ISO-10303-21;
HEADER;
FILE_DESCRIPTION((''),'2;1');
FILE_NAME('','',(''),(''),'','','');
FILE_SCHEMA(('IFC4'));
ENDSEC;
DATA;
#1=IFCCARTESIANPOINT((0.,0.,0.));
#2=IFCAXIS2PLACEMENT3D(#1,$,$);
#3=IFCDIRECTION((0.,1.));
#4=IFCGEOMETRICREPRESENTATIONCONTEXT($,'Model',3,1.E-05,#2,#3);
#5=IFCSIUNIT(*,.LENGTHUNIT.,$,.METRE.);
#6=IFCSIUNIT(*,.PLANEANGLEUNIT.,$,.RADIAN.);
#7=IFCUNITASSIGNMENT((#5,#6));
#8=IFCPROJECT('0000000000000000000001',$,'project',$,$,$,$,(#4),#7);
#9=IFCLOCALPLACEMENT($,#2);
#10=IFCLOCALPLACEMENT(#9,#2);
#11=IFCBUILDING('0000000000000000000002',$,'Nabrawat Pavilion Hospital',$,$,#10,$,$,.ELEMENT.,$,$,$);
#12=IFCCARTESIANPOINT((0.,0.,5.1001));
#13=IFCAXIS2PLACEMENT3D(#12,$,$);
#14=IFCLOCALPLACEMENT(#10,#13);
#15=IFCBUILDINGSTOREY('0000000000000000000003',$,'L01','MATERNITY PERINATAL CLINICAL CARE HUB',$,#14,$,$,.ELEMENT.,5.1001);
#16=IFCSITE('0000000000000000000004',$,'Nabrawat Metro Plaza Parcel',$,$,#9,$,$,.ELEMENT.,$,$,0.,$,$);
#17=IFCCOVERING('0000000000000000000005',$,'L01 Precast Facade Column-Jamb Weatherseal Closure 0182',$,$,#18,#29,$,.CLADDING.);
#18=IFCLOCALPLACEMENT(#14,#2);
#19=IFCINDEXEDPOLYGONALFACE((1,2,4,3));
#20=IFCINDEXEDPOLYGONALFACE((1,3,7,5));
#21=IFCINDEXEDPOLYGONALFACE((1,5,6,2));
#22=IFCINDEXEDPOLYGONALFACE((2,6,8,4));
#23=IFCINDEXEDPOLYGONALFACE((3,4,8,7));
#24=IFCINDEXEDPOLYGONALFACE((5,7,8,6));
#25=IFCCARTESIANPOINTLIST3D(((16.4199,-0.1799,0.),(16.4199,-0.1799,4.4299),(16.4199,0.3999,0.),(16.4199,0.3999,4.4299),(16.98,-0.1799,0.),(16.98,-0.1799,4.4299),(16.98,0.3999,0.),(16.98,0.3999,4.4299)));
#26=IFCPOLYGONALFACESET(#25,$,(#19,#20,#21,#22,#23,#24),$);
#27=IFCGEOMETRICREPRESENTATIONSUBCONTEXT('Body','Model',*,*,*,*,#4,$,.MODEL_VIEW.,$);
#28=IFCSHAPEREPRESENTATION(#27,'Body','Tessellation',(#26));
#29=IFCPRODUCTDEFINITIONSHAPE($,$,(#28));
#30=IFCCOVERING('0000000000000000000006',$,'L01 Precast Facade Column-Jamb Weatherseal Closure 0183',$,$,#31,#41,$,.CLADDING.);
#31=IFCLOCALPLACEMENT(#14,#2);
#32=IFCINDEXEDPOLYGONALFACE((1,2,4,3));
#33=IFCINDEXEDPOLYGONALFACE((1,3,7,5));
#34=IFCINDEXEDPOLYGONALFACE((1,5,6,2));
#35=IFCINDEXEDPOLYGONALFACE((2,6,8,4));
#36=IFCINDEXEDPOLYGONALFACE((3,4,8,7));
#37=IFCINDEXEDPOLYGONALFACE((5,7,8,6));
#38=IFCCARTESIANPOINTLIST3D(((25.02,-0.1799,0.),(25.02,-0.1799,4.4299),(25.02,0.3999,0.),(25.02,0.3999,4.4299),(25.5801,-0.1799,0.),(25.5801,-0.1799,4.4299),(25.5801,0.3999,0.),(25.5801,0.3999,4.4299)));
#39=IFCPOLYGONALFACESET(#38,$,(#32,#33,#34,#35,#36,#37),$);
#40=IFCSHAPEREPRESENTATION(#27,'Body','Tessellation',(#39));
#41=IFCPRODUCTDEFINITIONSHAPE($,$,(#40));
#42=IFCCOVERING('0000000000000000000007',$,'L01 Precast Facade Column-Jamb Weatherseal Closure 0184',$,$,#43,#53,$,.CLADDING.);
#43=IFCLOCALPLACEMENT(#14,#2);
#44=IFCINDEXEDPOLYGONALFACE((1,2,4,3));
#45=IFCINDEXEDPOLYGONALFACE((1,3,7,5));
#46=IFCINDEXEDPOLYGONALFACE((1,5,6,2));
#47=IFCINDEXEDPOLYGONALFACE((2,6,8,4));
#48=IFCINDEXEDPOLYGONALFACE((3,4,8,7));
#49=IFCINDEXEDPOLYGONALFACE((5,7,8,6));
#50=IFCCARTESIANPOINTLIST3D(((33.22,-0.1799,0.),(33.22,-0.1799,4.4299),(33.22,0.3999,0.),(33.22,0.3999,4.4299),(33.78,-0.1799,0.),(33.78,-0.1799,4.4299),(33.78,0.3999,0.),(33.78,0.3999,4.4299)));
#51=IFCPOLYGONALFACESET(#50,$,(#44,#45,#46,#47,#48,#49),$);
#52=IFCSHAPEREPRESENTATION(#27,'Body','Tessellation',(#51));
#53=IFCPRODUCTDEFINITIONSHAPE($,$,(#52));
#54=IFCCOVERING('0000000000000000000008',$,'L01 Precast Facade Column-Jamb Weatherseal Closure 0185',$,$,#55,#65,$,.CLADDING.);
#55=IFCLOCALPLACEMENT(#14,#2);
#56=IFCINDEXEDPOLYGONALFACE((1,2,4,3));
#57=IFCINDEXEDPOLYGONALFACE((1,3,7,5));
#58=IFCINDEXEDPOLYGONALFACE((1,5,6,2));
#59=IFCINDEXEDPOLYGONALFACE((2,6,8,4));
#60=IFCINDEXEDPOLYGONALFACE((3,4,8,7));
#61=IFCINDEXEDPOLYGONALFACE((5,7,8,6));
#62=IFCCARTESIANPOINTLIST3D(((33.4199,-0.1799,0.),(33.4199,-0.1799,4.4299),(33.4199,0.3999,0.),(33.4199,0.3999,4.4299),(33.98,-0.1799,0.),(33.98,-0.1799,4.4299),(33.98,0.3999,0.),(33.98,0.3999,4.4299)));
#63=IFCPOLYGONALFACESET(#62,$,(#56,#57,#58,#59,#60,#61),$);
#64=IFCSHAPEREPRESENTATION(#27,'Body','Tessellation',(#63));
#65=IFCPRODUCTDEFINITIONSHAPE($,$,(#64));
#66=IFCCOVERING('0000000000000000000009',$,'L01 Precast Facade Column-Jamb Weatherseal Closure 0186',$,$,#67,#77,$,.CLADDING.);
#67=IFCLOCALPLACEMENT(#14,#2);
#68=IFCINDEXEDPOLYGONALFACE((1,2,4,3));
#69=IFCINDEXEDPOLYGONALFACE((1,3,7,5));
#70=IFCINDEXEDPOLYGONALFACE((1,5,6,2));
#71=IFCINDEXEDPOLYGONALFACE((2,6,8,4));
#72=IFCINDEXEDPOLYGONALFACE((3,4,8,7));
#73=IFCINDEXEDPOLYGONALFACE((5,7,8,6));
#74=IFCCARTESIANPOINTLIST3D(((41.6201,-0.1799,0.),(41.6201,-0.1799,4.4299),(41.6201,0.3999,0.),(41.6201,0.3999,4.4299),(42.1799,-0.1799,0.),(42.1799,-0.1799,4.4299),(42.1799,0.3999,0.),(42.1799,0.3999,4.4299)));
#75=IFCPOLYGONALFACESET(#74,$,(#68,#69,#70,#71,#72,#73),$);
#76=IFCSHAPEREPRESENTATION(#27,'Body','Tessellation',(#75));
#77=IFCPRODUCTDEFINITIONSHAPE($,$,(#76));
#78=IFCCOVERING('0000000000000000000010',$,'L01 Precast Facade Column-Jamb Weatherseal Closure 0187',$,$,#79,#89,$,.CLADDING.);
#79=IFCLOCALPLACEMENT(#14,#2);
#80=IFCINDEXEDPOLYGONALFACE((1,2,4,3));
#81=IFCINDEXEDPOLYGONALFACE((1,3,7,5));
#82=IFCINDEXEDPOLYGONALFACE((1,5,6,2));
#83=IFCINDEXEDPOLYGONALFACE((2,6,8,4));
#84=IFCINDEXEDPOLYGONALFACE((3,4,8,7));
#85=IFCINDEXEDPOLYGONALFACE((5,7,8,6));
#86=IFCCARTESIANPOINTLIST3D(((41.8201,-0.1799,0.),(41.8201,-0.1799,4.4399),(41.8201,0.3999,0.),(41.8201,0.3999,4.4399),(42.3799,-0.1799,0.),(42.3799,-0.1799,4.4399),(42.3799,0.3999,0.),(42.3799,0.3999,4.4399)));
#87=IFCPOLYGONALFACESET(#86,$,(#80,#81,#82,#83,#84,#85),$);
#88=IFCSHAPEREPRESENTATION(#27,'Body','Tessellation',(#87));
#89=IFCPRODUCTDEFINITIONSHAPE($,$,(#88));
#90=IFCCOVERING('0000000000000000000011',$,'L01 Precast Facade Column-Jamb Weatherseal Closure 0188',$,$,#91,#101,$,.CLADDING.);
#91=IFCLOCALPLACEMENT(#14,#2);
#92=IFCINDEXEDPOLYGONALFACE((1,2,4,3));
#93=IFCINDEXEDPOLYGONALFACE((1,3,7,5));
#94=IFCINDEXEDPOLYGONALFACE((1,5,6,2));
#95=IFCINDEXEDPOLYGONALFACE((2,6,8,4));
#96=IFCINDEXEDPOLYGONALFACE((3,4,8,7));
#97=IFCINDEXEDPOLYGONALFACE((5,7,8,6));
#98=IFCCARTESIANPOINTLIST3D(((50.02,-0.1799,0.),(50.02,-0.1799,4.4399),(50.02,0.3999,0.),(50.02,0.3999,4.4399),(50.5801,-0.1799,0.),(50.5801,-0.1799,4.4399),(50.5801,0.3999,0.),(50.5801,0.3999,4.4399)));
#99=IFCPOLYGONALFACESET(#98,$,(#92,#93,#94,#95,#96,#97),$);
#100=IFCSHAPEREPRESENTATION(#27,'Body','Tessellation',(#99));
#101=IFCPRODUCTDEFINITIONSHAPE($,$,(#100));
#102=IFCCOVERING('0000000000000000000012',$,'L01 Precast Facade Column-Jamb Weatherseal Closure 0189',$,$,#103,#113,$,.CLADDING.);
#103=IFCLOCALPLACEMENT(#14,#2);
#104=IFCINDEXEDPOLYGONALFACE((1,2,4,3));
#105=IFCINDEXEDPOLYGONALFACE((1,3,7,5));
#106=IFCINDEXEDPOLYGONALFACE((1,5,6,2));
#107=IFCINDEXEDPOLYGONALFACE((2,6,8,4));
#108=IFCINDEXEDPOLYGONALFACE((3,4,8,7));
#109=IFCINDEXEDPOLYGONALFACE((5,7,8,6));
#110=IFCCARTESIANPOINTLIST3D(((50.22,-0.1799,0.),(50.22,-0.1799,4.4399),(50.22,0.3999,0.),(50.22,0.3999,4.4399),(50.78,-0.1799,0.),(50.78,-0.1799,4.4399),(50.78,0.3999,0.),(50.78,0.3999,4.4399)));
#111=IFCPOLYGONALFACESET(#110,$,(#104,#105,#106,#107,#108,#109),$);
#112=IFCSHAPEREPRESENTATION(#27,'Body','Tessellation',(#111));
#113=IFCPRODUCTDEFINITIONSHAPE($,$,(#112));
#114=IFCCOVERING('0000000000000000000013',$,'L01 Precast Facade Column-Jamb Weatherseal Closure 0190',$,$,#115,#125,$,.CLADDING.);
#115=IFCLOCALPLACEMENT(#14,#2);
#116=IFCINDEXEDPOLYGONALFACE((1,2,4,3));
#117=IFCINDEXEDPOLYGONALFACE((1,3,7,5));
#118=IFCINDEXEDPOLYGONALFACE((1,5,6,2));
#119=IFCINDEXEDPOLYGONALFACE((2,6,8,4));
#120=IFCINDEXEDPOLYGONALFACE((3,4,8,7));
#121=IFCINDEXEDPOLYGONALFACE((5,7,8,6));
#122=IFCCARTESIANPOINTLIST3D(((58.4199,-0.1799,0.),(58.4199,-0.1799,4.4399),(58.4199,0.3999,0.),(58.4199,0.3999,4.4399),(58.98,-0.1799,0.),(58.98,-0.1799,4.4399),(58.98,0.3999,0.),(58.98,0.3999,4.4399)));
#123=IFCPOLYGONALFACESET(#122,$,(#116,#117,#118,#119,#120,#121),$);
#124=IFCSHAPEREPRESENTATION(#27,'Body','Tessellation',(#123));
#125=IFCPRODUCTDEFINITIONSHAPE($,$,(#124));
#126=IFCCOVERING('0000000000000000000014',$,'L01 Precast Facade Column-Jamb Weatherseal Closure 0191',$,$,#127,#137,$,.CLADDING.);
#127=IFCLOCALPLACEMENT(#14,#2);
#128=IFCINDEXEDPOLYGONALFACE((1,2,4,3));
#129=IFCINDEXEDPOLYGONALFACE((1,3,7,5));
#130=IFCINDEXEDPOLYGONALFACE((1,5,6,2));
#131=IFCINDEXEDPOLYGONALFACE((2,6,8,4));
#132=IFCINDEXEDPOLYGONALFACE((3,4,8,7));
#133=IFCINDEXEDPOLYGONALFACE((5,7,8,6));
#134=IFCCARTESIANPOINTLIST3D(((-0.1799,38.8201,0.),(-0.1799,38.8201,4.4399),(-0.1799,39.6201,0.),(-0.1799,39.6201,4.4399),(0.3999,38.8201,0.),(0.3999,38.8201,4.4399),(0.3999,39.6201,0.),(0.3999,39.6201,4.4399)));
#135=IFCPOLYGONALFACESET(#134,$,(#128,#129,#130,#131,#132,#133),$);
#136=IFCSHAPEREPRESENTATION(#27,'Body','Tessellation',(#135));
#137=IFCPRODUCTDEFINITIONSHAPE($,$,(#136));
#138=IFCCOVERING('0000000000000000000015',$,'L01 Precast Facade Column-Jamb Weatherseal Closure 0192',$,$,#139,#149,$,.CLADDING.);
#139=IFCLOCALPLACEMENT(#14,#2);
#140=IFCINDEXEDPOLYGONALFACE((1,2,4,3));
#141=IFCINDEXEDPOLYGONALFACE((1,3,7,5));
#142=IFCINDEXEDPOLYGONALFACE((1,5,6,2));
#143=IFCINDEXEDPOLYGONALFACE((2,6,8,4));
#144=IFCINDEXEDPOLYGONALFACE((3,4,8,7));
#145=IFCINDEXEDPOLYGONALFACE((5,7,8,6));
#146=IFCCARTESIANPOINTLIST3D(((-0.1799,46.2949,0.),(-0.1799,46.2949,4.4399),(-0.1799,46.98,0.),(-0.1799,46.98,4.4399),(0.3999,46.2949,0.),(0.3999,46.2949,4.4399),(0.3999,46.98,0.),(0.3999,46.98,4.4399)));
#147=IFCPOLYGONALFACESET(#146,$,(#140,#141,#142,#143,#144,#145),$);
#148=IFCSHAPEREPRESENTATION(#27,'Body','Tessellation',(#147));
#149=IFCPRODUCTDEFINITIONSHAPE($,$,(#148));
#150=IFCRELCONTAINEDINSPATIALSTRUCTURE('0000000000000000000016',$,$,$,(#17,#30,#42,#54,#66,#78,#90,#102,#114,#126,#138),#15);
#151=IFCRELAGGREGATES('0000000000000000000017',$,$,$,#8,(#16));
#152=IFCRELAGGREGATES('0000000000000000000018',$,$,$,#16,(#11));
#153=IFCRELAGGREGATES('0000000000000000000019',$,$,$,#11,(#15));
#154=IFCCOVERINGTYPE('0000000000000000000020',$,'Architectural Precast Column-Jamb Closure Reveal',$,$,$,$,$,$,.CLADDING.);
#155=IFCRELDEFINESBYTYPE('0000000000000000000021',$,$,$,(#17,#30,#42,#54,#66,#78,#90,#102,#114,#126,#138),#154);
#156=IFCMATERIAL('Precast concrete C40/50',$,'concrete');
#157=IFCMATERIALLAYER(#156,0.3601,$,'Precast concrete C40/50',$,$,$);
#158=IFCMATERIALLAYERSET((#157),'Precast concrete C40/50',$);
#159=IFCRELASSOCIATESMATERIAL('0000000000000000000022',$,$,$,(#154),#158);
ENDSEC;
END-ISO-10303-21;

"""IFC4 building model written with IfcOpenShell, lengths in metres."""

from ifc_helpers import new_model, si_unit, direction, frame, origin, place, context, subcontext, project, spatial, polyline, outline, extrude, material, layer, layer_set, type_object, element, save


model = new_model("IFC4")

# Units and contexts
model_context = context("Model", 3, precision=1e-05, world=origin(), true_north=direction((0.0, 1.0)))
body_context = subcontext(model_context, "Body", "Model", "MODEL_VIEW")
ifc_project = project(units=[si_unit("LENGTHUNIT", "METRE"), si_unit("PLANEANGLEUNIT", "RADIAN")], contexts=[model_context])

# Site, building, storey
site_placement = place(None, origin())
site = spatial("IfcSite", under=ifc_project, at=site_placement, Name="Nabrawat Metro Plaza Parcel", CompositionType="ELEMENT", RefElevation=0.0)
building_placement = place(site_placement, origin())
building = spatial("IfcBuilding", under=site, at=building_placement, Name="Nabrawat Pavilion Hospital", CompositionType="ELEMENT")
storey_placement = place(building_placement, frame((0.0, 0.0, 5.1001)))
storey = spatial("IfcBuildingStorey", under=building, at=storey_placement, Name="L01", Description="MATERNITY PERINATAL CLINICAL CARE HUB", CompositionType="ELEMENT", Elevation=5.1001)

# Shared definitions
ifc_material_1 = material(Name="Precast concrete C40/50", Category="concrete")

# Coverings
ifc_layer_1 = layer(ifc_material_1, 0.3601, Name="Precast concrete C40/50")
ifc_layer_set_1 = layer_set([ifc_layer_1], Name="Precast concrete C40/50")
covering_type = type_object("IfcCoveringType", Name="Architectural Precast Column-Jamb Closure Reveal", PredefinedType="CLADDING", material=ifc_layer_set_1)
covering_1_placement = place(storey_placement, origin())
element("IfcCovering", 1, at=covering_1_placement, inside=storey, type_object=covering_type, Name="L01 Precast Facade Column-Jamb Weatherseal Closure 0182", PredefinedType="CLADDING", context=body_context, shape_type="SweptSolid", body=[
    extrude(outline(polyline([(16.98, -0.1799), (16.98, 0.3999), (16.4199, 0.3999), (16.4199, -0.1799), (16.98, -0.1799)])), origin(), (0.0, 0.0, 1.0), 4.4299),
])
covering_2_placement = place(storey_placement, origin())
element("IfcCovering", 2, at=covering_2_placement, inside=storey, type_object=covering_type, Name="L01 Precast Facade Column-Jamb Weatherseal Closure 0183", PredefinedType="CLADDING", context=body_context, shape_type="SweptSolid", body=[
    extrude(outline(polyline([(25.5801, -0.1799), (25.5801, 0.3999), (25.02, 0.3999), (25.02, -0.1799), (25.5801, -0.1799)])), origin(), (0.0, 0.0, 1.0), 4.4299),
])
covering_3_placement = place(storey_placement, origin())
element("IfcCovering", 3, at=covering_3_placement, inside=storey, type_object=covering_type, Name="L01 Precast Facade Column-Jamb Weatherseal Closure 0184", PredefinedType="CLADDING", context=body_context, shape_type="SweptSolid", body=[
    extrude(outline(polyline([(33.78, -0.1799), (33.78, 0.3999), (33.22, 0.3999), (33.22, -0.1799), (33.78, -0.1799)])), origin(), (0.0, 0.0, 1.0), 4.4299),
])
covering_4_placement = place(storey_placement, origin())
element("IfcCovering", 4, at=covering_4_placement, inside=storey, type_object=covering_type, Name="L01 Precast Facade Column-Jamb Weatherseal Closure 0185", PredefinedType="CLADDING", context=body_context, shape_type="SweptSolid", body=[
    extrude(outline(polyline([(33.98, -0.1799), (33.98, 0.3999), (33.4199, 0.3999), (33.4199, -0.1799), (33.98, -0.1799)])), origin(), (0.0, 0.0, 1.0), 4.4299),
])
covering_5_placement = place(storey_placement, origin())
element("IfcCovering", 5, at=covering_5_placement, inside=storey, type_object=covering_type, Name="L01 Precast Facade Column-Jamb Weatherseal Closure 0186", PredefinedType="CLADDING", context=body_context, shape_type="SweptSolid", body=[
    extrude(outline(polyline([(42.1799, -0.1799), (42.1799, 0.3999), (41.6201, 0.3999), (41.6201, -0.1799), (42.1799, -0.1799)])), origin(), (0.0, 0.0, 1.0), 4.4299),
])
covering_6_placement = place(storey_placement, origin())
element("IfcCovering", 6, at=covering_6_placement, inside=storey, type_object=covering_type, Name="L01 Precast Facade Column-Jamb Weatherseal Closure 0187", PredefinedType="CLADDING", context=body_context, shape_type="SweptSolid", body=[
    extrude(outline(polyline([(42.3799, -0.1799), (42.3799, 0.3999), (41.8201, 0.3999), (41.8201, -0.1799), (42.3799, -0.1799)])), origin(), (0.0, 0.0, 1.0), 4.4399),
])
covering_7_placement = place(storey_placement, origin())
element("IfcCovering", 7, at=covering_7_placement, inside=storey, type_object=covering_type, Name="L01 Precast Facade Column-Jamb Weatherseal Closure 0188", PredefinedType="CLADDING", context=body_context, shape_type="SweptSolid", body=[
    extrude(outline(polyline([(50.5801, -0.1799), (50.5801, 0.3999), (50.02, 0.3999), (50.02, -0.1799), (50.5801, -0.1799)])), origin(), (0.0, 0.0, 1.0), 4.4399),
])
covering_8_placement = place(storey_placement, origin())
element("IfcCovering", 8, at=covering_8_placement, inside=storey, type_object=covering_type, Name="L01 Precast Facade Column-Jamb Weatherseal Closure 0189", PredefinedType="CLADDING", context=body_context, shape_type="SweptSolid", body=[
    extrude(outline(polyline([(50.78, -0.1799), (50.78, 0.3999), (50.22, 0.3999), (50.22, -0.1799), (50.78, -0.1799)])), origin(), (0.0, 0.0, 1.0), 4.4399),
])
covering_9_placement = place(storey_placement, origin())
element("IfcCovering", 9, at=covering_9_placement, inside=storey, type_object=covering_type, Name="L01 Precast Facade Column-Jamb Weatherseal Closure 0190", PredefinedType="CLADDING", context=body_context, shape_type="SweptSolid", body=[
    extrude(outline(polyline([(58.98, -0.1799), (58.98, 0.3999), (58.4199, 0.3999), (58.4199, -0.1799), (58.98, -0.1799)])), origin(), (0.0, 0.0, 1.0), 4.4399),
])
covering_10_placement = place(storey_placement, origin())
element("IfcCovering", 10, at=covering_10_placement, inside=storey, type_object=covering_type, Name="L01 Precast Facade Column-Jamb Weatherseal Closure 0191", PredefinedType="CLADDING", context=body_context, shape_type="SweptSolid", body=[
    extrude(outline(polyline([(0.3999, 38.8201), (0.3999, 39.6201), (-0.1799, 39.6201), (-0.1799, 38.8201), (0.3999, 38.8201)])), origin(), (0.0, 0.0, 1.0), 4.4399),
])
covering_11_placement = place(storey_placement, origin())
element("IfcCovering", 11, at=covering_11_placement, inside=storey, type_object=covering_type, Name="L01 Precast Facade Column-Jamb Weatherseal Closure 0192", PredefinedType="CLADDING", context=body_context, shape_type="SweptSolid", body=[
    extrude(outline(polyline([(0.3999, 46.2949), (0.3999, 46.98), (-0.1799, 46.98), (-0.1799, 46.2949), (0.3999, 46.2949)])), origin(), (0.0, 0.0, 1.0), 4.4399),
])

save(model, "model.ifc")
